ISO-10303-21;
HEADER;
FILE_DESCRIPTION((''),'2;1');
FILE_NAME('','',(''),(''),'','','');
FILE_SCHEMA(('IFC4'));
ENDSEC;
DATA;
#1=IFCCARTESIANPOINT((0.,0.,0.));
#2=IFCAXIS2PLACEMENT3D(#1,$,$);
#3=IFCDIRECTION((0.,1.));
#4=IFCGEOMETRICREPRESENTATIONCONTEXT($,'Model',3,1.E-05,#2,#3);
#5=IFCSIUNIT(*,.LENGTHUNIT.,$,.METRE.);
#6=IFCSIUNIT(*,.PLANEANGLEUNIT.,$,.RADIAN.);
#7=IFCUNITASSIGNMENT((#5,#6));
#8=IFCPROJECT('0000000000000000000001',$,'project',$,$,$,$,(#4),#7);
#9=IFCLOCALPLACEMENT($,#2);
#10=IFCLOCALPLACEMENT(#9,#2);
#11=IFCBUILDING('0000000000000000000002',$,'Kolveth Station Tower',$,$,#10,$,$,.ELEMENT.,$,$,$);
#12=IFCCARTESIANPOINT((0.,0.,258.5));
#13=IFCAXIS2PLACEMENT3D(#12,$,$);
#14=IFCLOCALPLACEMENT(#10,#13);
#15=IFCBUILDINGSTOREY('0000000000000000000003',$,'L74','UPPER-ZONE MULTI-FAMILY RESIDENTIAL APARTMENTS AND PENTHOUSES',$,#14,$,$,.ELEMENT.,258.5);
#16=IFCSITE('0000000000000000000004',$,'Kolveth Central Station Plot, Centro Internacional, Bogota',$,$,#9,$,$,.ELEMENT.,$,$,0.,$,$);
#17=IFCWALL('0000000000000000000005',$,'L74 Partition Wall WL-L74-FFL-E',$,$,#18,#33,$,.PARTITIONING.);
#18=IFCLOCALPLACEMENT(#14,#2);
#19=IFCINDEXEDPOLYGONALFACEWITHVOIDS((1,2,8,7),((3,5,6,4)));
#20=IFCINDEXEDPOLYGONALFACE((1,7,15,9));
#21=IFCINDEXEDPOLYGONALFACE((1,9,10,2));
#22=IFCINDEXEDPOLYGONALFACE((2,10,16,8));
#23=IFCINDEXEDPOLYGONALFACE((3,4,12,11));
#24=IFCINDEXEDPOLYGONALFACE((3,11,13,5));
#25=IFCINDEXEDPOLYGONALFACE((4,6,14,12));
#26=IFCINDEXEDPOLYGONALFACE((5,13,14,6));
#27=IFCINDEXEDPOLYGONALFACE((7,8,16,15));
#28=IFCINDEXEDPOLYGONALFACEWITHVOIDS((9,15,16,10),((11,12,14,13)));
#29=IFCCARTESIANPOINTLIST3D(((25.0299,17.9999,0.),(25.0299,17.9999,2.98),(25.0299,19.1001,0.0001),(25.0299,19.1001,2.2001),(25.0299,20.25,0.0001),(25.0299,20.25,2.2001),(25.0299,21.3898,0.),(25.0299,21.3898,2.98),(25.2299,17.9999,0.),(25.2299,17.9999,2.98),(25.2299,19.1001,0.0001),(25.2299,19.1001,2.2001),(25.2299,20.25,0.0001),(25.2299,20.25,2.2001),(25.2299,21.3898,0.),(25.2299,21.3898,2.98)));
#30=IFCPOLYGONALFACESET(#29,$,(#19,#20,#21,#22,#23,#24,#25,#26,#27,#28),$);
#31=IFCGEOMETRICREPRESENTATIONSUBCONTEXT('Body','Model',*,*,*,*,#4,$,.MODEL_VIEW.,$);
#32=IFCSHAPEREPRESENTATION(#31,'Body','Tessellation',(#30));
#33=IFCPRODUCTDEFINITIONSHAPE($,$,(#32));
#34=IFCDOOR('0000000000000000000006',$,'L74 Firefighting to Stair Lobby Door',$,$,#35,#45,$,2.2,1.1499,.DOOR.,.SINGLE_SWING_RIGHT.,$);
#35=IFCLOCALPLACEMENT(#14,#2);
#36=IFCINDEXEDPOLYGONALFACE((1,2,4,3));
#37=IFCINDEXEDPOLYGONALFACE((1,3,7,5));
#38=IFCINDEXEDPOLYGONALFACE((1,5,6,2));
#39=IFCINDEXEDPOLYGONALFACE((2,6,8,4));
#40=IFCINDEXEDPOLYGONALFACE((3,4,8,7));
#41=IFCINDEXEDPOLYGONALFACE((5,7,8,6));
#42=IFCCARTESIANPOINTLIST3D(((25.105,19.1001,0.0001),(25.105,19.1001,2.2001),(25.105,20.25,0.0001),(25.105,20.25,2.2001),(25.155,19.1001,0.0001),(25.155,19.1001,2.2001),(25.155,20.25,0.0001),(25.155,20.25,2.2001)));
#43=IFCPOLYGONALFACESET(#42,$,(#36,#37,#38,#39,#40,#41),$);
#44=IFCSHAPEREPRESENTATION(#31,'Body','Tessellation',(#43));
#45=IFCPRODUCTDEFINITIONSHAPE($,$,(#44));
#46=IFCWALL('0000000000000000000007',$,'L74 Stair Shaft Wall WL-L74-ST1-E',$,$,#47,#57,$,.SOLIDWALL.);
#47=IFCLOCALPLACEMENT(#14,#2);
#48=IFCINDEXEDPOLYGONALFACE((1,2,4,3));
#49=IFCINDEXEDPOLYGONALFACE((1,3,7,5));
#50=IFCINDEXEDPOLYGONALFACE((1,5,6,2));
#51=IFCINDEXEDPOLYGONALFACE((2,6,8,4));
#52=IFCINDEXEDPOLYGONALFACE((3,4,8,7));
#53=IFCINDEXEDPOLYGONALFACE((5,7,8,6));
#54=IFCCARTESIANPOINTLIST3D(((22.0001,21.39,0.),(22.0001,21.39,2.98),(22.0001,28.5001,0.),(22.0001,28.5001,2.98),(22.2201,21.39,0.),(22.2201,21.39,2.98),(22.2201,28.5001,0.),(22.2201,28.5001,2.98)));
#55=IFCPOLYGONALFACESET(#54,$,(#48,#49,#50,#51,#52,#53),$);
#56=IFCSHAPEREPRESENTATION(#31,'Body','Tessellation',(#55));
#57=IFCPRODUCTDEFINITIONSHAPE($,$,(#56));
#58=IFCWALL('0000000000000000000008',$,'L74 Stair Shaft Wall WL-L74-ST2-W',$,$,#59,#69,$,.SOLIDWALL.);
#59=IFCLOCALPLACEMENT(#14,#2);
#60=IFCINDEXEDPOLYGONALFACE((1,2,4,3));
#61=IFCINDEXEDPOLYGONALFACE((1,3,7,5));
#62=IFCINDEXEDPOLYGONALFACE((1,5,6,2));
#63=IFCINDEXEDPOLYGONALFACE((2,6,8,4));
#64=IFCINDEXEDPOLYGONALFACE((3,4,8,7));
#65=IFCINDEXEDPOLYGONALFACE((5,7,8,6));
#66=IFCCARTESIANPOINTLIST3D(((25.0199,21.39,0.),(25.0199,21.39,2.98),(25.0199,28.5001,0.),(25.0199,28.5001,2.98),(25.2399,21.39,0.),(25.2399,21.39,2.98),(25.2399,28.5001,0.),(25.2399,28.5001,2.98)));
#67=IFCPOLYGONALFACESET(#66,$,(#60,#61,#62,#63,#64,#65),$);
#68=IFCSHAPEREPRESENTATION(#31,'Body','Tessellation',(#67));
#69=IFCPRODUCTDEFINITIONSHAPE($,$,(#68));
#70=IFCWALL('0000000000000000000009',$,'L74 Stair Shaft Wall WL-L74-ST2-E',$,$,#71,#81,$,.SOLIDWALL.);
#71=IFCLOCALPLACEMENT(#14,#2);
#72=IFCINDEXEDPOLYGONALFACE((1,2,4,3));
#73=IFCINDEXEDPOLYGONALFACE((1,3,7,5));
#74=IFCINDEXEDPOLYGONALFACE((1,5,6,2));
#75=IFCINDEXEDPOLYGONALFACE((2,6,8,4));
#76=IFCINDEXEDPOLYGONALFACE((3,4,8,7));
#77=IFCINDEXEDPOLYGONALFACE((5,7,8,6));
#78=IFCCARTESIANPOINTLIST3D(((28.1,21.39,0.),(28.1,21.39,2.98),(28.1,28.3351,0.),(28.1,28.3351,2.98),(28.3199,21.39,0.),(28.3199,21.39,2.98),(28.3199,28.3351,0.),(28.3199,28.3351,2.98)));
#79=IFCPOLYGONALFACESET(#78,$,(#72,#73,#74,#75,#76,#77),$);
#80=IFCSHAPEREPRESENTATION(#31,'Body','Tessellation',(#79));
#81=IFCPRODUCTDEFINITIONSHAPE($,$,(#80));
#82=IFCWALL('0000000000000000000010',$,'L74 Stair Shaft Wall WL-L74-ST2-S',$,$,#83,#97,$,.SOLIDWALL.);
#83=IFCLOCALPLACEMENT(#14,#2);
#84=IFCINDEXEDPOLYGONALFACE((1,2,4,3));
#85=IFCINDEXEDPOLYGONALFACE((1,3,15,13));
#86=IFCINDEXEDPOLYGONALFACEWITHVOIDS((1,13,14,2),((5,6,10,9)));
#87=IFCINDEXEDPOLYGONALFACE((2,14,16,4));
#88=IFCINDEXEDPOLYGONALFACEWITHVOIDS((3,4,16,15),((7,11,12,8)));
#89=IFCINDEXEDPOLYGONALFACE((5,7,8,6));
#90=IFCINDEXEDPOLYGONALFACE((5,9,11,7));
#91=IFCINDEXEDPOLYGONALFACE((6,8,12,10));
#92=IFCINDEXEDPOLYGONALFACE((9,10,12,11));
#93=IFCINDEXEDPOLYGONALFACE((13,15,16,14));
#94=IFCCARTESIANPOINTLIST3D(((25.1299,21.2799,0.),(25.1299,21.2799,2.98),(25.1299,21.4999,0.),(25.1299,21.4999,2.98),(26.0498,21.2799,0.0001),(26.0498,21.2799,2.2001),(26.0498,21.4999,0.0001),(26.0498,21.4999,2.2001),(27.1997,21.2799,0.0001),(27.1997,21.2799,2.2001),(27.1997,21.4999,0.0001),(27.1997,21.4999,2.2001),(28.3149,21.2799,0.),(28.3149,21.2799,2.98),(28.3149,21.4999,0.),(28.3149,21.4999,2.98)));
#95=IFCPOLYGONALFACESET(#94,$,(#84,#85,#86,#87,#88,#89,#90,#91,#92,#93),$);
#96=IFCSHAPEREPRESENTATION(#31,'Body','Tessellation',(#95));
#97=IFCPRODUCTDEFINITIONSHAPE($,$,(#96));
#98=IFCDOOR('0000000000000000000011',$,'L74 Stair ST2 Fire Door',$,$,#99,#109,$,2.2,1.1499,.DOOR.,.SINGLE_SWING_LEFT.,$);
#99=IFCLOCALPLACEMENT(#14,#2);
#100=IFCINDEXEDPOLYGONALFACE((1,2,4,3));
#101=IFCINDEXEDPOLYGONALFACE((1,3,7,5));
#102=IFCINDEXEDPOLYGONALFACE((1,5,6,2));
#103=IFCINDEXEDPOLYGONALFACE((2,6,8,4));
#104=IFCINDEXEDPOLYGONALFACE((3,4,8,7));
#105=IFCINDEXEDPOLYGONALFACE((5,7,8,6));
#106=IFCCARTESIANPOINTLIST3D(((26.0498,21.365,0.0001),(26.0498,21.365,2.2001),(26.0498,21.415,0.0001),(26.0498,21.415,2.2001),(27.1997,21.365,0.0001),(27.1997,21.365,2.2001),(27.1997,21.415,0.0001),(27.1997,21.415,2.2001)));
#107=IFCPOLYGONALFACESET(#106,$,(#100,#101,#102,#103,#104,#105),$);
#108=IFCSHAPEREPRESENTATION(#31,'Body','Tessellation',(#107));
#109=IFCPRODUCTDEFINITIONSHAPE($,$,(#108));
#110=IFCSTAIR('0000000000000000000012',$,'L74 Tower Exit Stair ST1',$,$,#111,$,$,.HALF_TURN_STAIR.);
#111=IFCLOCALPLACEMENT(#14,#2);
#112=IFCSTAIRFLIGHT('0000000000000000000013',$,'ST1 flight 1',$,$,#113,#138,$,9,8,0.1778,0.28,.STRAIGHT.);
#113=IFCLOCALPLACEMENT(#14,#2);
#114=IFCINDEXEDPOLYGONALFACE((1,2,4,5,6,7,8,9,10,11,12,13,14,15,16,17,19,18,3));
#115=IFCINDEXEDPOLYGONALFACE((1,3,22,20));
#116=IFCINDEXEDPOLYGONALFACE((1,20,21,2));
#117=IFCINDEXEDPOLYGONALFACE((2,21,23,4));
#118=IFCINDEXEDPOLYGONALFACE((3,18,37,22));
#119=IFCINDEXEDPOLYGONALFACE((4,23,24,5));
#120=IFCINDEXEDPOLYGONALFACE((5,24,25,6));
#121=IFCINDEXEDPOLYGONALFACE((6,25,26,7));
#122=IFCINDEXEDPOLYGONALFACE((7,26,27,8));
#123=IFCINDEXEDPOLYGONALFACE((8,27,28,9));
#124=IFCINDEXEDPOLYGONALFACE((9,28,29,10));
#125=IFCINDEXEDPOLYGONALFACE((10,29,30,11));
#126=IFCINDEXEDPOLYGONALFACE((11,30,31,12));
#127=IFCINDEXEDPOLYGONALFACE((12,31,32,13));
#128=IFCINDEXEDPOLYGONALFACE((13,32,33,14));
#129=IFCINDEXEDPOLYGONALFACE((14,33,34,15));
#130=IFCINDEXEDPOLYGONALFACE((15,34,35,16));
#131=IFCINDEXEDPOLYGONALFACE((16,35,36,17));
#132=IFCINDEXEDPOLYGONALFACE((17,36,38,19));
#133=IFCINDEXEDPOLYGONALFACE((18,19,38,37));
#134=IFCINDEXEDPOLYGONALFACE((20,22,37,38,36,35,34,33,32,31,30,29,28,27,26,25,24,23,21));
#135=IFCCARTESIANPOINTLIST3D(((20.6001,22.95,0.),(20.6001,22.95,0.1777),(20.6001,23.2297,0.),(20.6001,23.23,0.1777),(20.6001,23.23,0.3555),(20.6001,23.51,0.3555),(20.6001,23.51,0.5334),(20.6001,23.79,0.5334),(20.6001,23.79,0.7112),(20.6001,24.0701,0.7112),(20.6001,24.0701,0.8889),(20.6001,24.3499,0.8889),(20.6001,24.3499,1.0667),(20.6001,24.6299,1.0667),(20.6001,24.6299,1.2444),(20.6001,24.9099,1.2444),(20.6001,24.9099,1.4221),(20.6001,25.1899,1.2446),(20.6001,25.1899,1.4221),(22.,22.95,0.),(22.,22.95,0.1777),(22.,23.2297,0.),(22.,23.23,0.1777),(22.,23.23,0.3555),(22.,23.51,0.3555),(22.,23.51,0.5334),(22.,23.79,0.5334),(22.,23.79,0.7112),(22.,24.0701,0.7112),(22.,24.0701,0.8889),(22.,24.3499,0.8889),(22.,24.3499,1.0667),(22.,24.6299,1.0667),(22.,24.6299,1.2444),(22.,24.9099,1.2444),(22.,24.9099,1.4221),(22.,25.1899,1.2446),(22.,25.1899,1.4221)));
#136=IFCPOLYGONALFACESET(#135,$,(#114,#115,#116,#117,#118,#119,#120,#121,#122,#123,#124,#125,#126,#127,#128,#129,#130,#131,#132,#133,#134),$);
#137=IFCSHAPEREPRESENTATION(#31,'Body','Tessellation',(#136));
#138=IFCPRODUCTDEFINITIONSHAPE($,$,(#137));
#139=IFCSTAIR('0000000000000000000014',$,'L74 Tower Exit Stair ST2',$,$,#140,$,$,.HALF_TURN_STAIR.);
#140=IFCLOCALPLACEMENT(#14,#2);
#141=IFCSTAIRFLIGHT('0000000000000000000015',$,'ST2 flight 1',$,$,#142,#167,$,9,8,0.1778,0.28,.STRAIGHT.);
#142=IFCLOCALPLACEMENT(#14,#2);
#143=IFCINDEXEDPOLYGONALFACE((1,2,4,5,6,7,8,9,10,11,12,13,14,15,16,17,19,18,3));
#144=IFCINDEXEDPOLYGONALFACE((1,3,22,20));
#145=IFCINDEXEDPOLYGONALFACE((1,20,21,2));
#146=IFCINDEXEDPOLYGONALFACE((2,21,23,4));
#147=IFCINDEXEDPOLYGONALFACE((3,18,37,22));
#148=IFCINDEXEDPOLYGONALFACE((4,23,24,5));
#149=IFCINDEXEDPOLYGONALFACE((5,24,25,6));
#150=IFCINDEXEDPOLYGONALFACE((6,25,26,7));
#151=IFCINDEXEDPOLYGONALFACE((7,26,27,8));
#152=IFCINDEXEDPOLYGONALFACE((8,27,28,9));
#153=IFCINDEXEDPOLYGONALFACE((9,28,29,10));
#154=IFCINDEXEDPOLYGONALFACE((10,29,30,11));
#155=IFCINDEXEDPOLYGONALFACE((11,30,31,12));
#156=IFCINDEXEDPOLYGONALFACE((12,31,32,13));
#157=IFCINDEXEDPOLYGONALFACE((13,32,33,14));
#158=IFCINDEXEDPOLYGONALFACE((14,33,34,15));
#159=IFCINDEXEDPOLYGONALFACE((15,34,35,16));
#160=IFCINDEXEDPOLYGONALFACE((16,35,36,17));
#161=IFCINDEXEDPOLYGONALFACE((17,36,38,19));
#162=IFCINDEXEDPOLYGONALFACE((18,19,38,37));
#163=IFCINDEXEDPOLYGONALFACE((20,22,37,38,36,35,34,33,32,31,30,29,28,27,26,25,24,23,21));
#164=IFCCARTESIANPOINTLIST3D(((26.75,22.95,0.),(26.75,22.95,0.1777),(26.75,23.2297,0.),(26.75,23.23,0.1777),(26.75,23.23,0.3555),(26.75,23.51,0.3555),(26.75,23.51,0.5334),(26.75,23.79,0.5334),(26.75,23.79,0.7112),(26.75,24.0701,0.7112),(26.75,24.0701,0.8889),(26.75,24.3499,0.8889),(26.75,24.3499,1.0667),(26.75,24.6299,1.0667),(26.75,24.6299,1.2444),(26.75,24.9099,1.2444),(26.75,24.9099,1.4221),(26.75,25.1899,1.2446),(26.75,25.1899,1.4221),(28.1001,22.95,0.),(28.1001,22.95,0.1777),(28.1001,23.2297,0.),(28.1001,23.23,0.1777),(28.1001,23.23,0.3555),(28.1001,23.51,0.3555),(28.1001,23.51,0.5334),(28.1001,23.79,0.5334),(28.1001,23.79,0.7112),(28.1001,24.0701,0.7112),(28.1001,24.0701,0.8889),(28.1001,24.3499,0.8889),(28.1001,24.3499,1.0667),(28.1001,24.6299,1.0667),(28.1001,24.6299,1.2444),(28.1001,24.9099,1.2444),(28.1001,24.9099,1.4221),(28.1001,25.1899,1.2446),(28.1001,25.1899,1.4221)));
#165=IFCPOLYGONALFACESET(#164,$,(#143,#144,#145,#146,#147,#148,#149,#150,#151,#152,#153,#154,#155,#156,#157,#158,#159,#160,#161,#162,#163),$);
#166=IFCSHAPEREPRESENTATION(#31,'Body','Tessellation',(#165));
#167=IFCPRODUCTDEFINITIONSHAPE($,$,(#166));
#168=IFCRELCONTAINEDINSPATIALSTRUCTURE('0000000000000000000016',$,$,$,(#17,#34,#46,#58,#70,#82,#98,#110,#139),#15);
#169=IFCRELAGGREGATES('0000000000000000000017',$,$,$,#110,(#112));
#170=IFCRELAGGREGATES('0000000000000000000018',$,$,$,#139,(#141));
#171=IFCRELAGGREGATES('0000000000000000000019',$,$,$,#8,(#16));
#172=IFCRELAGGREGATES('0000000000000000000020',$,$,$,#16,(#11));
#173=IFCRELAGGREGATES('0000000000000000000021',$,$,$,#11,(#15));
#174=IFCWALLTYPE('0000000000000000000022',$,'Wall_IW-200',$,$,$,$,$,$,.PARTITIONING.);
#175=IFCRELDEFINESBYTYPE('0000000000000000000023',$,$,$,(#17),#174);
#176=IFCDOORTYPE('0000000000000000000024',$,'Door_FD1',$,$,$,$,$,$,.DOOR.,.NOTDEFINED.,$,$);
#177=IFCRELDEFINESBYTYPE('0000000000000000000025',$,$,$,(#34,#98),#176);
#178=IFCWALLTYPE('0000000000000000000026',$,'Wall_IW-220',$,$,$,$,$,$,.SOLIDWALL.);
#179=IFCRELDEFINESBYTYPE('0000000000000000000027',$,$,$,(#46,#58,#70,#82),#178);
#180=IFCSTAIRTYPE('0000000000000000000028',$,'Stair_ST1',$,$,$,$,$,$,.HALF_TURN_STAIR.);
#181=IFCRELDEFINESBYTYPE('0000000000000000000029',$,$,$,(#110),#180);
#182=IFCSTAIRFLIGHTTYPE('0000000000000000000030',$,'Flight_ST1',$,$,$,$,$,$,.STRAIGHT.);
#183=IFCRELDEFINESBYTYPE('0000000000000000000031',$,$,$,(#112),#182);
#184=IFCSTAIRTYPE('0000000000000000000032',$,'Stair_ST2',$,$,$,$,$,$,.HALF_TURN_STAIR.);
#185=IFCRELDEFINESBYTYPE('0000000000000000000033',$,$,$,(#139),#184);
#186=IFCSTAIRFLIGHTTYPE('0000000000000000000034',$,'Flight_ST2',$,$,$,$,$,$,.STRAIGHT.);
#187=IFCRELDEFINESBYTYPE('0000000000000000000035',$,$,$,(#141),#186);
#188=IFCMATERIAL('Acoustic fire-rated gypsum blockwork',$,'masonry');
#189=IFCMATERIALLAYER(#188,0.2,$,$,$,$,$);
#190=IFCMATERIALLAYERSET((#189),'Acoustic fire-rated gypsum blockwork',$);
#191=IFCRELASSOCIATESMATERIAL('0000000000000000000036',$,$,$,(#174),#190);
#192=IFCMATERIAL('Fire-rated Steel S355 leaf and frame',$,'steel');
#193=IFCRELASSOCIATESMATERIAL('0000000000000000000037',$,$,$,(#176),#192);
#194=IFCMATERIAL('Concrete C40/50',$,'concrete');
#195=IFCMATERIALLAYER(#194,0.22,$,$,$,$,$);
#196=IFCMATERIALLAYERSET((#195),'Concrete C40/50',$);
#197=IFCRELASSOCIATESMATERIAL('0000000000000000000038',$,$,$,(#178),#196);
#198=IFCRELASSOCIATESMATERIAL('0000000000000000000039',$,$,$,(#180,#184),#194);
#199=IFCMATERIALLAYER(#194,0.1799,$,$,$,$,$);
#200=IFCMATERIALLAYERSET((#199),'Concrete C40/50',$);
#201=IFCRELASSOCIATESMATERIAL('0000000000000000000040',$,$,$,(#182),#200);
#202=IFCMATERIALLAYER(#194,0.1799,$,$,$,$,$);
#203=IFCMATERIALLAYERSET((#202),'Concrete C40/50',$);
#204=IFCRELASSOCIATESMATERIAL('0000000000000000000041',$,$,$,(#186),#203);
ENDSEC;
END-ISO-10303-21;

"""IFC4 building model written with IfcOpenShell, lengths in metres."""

from ifc_helpers import new_model, si_unit, direction, frame, frame_2d, origin, place, context, subcontext, project, spatial, polyline, rectangle, outline, extrude, material, layer, layer_set, type_object, element, fill, aggregate, save


model = new_model("IFC4")

# Units and contexts
model_context = context("Model", 3, precision=1e-05, world=origin(), true_north=direction((0.0, 1.0)))
body_context = subcontext(model_context, "Body", "Model", "MODEL_VIEW")
ifc_project = project(units=[si_unit("LENGTHUNIT", "METRE"), si_unit("PLANEANGLEUNIT", "RADIAN")], contexts=[model_context])

# Site, building, storey
site_placement = place(None, origin())
site = spatial("IfcSite", under=ifc_project, at=site_placement, Name="Kolveth Central Station Plot, Centro Internacional, Bogota", CompositionType="ELEMENT", RefElevation=0.0)
building_placement = place(site_placement, origin())
building = spatial("IfcBuilding", under=site, at=building_placement, Name="Kolveth Station Tower", CompositionType="ELEMENT")
storey_placement = place(building_placement, frame((0.0, 0.0, 258.5)))
storey = spatial("IfcBuildingStorey", under=building, at=storey_placement, Name="L74", Description="UPPER-ZONE MULTI-FAMILY RESIDENTIAL APARTMENTS AND PENTHOUSES", CompositionType="ELEMENT", Elevation=258.5)

# Wall, opening, door
ifc_material_1 = material(Name="Acoustic fire-rated gypsum blockwork", Category="masonry")
ifc_layer_1 = layer(ifc_material_1, 0.2)
ifc_layer_set_1 = layer_set([ifc_layer_1], Name="Acoustic fire-rated gypsum blockwork")
wall_type_1 = type_object("IfcWallType", Name="Wall_IW-200", PredefinedType="PARTITIONING", material=ifc_layer_set_1)
wall_1_placement = place(storey_placement, frame((25.1299, 18.0, 0.0), z_axis=(0.0, 0.0, 1.0), x_axis=(0.0, 1.0, 0.0)))
wall_1 = element("IfcWall", 1, at=wall_1_placement, inside=storey, type_object=wall_type_1, Name="L74 Partition Wall WL-L74-FFL-E", PredefinedType="PARTITIONING", context=body_context, shape_type="SweptSolid", body=[
    extrude(rectangle(XDim=3.3899, YDim=0.2, at=frame_2d((1.6948, 0.0))), origin(), (0.0, 0.0, 1.0), 2.98),
])
opening_1_placement = place(wall_1_placement, frame((1.1001, 0.0, 0.0)))
opening_1 = element("IfcOpeningElement", 2, at=opening_1_placement, cuts=wall_1, PredefinedType="OPENING", context=body_context, shape_type="SweptSolid", body=[
    extrude(rectangle(XDim=1.1499, YDim=2.2, at=frame_2d((0.575, 1.1001))), frame((0.0, 0.1099, 0.0), z_axis=(0.0, -1.0, 0.0), x_axis=(1.0, 0.0, 0.0)), (0.0, 0.0, 1.0), 0.22),
])
ifc_material_2 = material(Name="Fire-rated Steel S355 leaf and frame", Category="steel")
door_type = type_object("IfcDoorType", Name="Door_FD1", OperationType="NOTDEFINED", PredefinedType="DOOR", material=ifc_material_2)
door_1_placement = place(opening_1_placement, origin())
door_1 = element("IfcDoor", 3, at=door_1_placement, inside=storey, type_object=door_type, Name="L74 Firefighting to Stair Lobby Door", OperationType="SINGLE_SWING_RIGHT", OverallHeight=2.2, OverallWidth=1.1499, PredefinedType="DOOR", context=body_context, shape_type="SweptSolid", body=[
    extrude(rectangle(XDim=1.1499, YDim=2.2, at=frame_2d((0.575, 1.1001))), frame((0.0, 0.0249, 0.0), z_axis=(0.0, -1.0, 0.0), x_axis=(1.0, 0.0, 0.0)), (0.0, 0.0, 1.0), 0.05),
])
fill(opening_1, door_1)

# Walls
ifc_material_3 = material(Name="Concrete C40/50", Category="concrete")
ifc_layer_2 = layer(ifc_material_3, 0.22)
ifc_layer_set_2 = layer_set([ifc_layer_2], Name="Concrete C40/50")
wall_type_2 = type_object("IfcWallType", Name="Wall_IW-220", PredefinedType="SOLIDWALL", material=ifc_layer_set_2)
for number, where, z_axis, x_axis, name in (
    (4, (22.1101, 21.3899, 0.0), (0.0, 0.0, 1.0), (0.0, 1.0, 0.0), "L74 Stair Shaft Wall WL-L74-ST1-E"),
    (5, (25.1299, 21.3899, 0.0), (0.0, 0.0, 1.0), (0.0, 1.0, 0.0), "L74 Stair Shaft Wall WL-L74-ST2-W"),
):
    element("IfcWall", number, at=place(storey_placement, frame(where, z_axis=z_axis, x_axis=x_axis)), inside=storey, type_object=wall_type_2, Name=name, PredefinedType="SOLIDWALL", context=body_context, shape_type="SweptSolid", body=[
        extrude(rectangle(XDim=7.1101, YDim=0.22, at=frame_2d((3.5552, 0.0))), origin(), (0.0, 0.0, 1.0), 2.98),
    ])
wall_2_placement = place(storey_placement, frame((28.21, 21.3899, 0.0), z_axis=(0.0, 0.0, 1.0), x_axis=(0.0, 1.0, 0.0)))
element("IfcWall", 6, at=wall_2_placement, inside=storey, type_object=wall_type_2, Name="L74 Stair Shaft Wall WL-L74-ST2-E", PredefinedType="SOLIDWALL", context=body_context, shape_type="SweptSolid", body=[
    extrude(rectangle(XDim=6.9451, YDim=0.22, at=frame_2d((3.4727, 0.0))), origin(), (0.0, 0.0, 1.0), 2.98),
])

# Wall, opening, door
wall_3_placement = place(storey_placement, frame((25.1299, 21.3899, 0.0), z_axis=(0.0, 0.0, 1.0), x_axis=(1.0, 0.0, 0.0)))
wall_3 = element("IfcWall", 7, at=wall_3_placement, inside=storey, type_object=wall_type_2, Name="L74 Stair Shaft Wall WL-L74-ST2-S", PredefinedType="SOLIDWALL", context=body_context, shape_type="SweptSolid", body=[
    extrude(rectangle(XDim=3.1851, YDim=0.22, at=frame_2d((1.5925, 0.0))), origin(), (0.0, 0.0, 1.0), 2.98),
])
opening_2_placement = place(wall_3_placement, frame((0.9199, 0.0, 0.0)))
opening_2 = element("IfcOpeningElement", 8, at=opening_2_placement, cuts=wall_3, PredefinedType="OPENING", context=body_context, shape_type="SweptSolid", body=[
    extrude(rectangle(XDim=1.1499, YDim=2.2, at=frame_2d((0.575, 1.1001))), frame((0.0, 0.1199, 0.0), z_axis=(0.0, -1.0, 0.0), x_axis=(1.0, 0.0, 0.0)), (0.0, 0.0, 1.0), 0.24),
])
door_2_placement = place(opening_2_placement, frame((1.1499, 0.0, 0.0), z_axis=(0.0, 0.0, 1.0), x_axis=(-1.0, 0.0, 0.0)))
door_2 = element("IfcDoor", 9, at=door_2_placement, inside=storey, type_object=door_type, Name="L74 Stair ST2 Fire Door", OperationType="SINGLE_SWING_LEFT", OverallHeight=2.2, OverallWidth=1.1499, PredefinedType="DOOR", context=body_context, shape_type="SweptSolid", body=[
    extrude(rectangle(XDim=1.1499, YDim=2.2, at=frame_2d((0.575, 1.1001))), frame((0.0, 0.0249, 0.0), z_axis=(0.0, -1.0, 0.0), x_axis=(1.0, 0.0, 0.0)), (0.0, 0.0, 1.0), 0.05),
])
fill(opening_2, door_2)

# Stairs, stair flights
stair_type_1 = type_object("IfcStairType", Name="Stair_ST1", PredefinedType="HALF_TURN_STAIR", material=ifc_material_3)
stair_1_placement = place(storey_placement, origin())
stair_1 = element("IfcStair", 10, at=stair_1_placement, inside=storey, type_object=stair_type_1, Name="L74 Tower Exit Stair ST1", PredefinedType="HALF_TURN_STAIR")
ifc_layer_3 = layer(ifc_material_3, 0.1799)
ifc_layer_set_3 = layer_set([ifc_layer_3], Name="Concrete C40/50")
stair_flight_type_1 = type_object("IfcStairFlightType", Name="Flight_ST1", PredefinedType="STRAIGHT", material=ifc_layer_set_3)
stair_flight_1_placement = place(storey_placement, frame((21.3, 22.95, 0.0), z_axis=(0.0, 0.0, 1.0), x_axis=(0.0, 1.0, 0.0)))
stair_flight_1 = element("IfcStairFlight", 11, at=stair_flight_1_placement, type_object=stair_flight_type_1, Name="ST1 flight 1", NumberOfRisers=9, NumberOfTreads=8, PredefinedType="STRAIGHT", RiserHeight=0.1778, TreadLength=0.28, context=body_context, shape_type="SweptSolid", body=[
    extrude(outline(polyline([(0.0, 0.0), (0.0, 0.1777), (0.28, 0.1777), (0.28, 0.3555), (0.5601, 0.3555), (0.5601, 0.5334), (0.8401, 0.5334), (0.8401, 0.7112), (1.1201, 0.7112), (1.1201, 0.8889), (1.3999, 0.8889), (1.3999, 1.0667), (1.6799, 1.0667), (1.6799, 1.2444), (1.96, 1.2444), (1.96, 1.4221), (2.24, 1.4221), (2.24, 1.6001), (2.24, 1.2446), (0.2798, 0.0), (0.0, 0.0)])), frame((0.0, 0.7, 0.0), z_axis=(0.0, -1.0, 0.0), x_axis=(1.0, 0.0, 0.0)), (0.0, 0.0, 1.0), 1.3999),
])
aggregate(stair_1, [stair_flight_1])
stair_type_2 = type_object("IfcStairType", Name="Stair_ST2", PredefinedType="HALF_TURN_STAIR", material=ifc_material_3)
stair_2_placement = place(storey_placement, origin())
stair_2 = element("IfcStair", 12, at=stair_2_placement, inside=storey, type_object=stair_type_2, Name="L74 Tower Exit Stair ST2", PredefinedType="HALF_TURN_STAIR")
ifc_layer_4 = layer(ifc_material_3, 0.1799)
ifc_layer_set_4 = layer_set([ifc_layer_4], Name="Concrete C40/50")
stair_flight_type_2 = type_object("IfcStairFlightType", Name="Flight_ST2", PredefinedType="STRAIGHT", material=ifc_layer_set_4)
stair_flight_2_placement = place(storey_placement, frame((27.425, 22.95, 0.0), z_axis=(0.0, 0.0, 1.0), x_axis=(0.0, 1.0, 0.0)))
stair_flight_2 = element("IfcStairFlight", 13, at=stair_flight_2_placement, type_object=stair_flight_type_2, Name="ST2 flight 1", NumberOfRisers=9, NumberOfTreads=8, PredefinedType="STRAIGHT", RiserHeight=0.1778, TreadLength=0.28, context=body_context, shape_type="SweptSolid", body=[
    extrude(outline(polyline([(0.0, 0.0), (0.0, 0.1777), (0.28, 0.1777), (0.28, 0.3555), (0.5601, 0.3555), (0.5601, 0.5334), (0.8401, 0.5334), (0.8401, 0.7112), (1.1201, 0.7112), (1.1201, 0.8889), (1.3999, 0.8889), (1.3999, 1.0667), (1.6799, 1.0667), (1.6799, 1.2444), (1.96, 1.2444), (1.96, 1.4221), (2.24, 1.4221), (2.24, 1.6001), (2.24, 1.2446), (0.2798, 0.0), (0.0, 0.0)])), frame((0.0, 0.675, 0.0), z_axis=(0.0, -1.0, 0.0), x_axis=(1.0, 0.0, 0.0)), (0.0, 0.0, 1.0), 1.3501),
])
aggregate(stair_2, [stair_flight_2])

save(model, "model.ifc")
